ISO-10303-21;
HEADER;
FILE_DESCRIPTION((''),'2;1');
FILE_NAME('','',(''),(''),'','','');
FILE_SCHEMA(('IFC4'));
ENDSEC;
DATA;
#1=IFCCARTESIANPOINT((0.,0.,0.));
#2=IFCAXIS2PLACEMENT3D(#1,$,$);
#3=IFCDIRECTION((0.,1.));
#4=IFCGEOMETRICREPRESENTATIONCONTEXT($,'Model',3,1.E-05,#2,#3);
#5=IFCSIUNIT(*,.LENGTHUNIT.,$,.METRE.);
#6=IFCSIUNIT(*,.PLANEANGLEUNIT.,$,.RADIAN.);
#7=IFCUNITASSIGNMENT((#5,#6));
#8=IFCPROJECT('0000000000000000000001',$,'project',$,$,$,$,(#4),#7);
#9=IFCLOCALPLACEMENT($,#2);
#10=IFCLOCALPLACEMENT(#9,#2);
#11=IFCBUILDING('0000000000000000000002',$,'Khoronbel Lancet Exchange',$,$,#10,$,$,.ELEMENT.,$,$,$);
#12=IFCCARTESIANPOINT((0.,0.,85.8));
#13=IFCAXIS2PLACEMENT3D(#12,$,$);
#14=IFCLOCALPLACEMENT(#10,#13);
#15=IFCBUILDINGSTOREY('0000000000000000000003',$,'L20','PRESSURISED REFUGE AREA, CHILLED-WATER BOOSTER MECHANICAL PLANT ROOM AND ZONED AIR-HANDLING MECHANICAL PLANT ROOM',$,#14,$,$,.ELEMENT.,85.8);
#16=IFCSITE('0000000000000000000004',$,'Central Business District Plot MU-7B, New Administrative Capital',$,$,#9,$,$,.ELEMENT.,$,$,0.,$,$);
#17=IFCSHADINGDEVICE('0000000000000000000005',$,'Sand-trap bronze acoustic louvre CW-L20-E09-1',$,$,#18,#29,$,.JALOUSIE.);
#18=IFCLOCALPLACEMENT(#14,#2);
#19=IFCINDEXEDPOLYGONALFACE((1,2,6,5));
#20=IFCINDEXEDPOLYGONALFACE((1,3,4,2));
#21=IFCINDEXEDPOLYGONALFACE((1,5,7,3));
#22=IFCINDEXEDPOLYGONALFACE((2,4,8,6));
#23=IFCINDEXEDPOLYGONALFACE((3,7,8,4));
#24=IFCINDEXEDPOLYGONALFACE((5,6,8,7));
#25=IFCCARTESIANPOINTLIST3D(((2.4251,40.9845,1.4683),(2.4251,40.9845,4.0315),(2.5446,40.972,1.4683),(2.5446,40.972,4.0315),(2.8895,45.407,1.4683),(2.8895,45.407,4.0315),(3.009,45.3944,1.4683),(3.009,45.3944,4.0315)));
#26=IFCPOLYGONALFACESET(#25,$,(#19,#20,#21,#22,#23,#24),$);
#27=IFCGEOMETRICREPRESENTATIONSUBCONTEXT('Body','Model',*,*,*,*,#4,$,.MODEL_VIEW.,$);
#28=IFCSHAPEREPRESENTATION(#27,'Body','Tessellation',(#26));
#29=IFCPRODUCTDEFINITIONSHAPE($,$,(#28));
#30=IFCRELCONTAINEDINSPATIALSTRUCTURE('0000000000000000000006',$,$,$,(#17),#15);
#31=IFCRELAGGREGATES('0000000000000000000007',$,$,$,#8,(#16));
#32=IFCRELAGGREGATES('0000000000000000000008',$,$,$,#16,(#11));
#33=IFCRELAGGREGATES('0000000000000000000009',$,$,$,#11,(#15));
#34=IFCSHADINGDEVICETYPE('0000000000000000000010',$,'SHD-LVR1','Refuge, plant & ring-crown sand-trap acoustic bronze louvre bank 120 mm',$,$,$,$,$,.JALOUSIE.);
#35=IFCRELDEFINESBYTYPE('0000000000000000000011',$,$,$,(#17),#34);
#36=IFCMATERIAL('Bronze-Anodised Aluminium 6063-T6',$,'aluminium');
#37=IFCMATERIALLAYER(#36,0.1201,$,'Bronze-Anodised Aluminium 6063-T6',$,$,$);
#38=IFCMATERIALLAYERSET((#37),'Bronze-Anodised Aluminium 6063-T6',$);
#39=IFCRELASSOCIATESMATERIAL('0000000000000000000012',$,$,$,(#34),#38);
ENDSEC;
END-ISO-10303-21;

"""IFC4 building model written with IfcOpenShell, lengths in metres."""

from ifc_helpers import new_model, si_unit, direction, frame, origin, origin_2d, place, context, subcontext, project, spatial, rectangle, extrude, material, layer, layer_set, type_object, element, save


model = new_model("IFC4")

# Units and contexts
model_context = context("Model", 3, precision=1e-05, world=origin(), true_north=direction((0.0, 1.0)))
body_context = subcontext(model_context, "Body", "Model", "MODEL_VIEW")
ifc_project = project(units=[si_unit("LENGTHUNIT", "METRE"), si_unit("PLANEANGLEUNIT", "RADIAN")], contexts=[model_context])

# Site, building, storey
site_placement = place(None, origin())
site = spatial("IfcSite", under=ifc_project, at=site_placement, Name="Central Business District Plot MU-7B, New Administrative Capital", CompositionType="ELEMENT", RefElevation=0.0)
building_placement = place(site_placement, origin())
building = spatial("IfcBuilding", under=site, at=building_placement, Name="Khoronbel Lancet Exchange", CompositionType="ELEMENT")
storey_placement = place(building_placement, frame((0.0, 0.0, 85.8)))
storey = spatial("IfcBuildingStorey", under=building, at=storey_placement, Name="L20", Description="PRESSURISED REFUGE AREA, CHILLED-WATER BOOSTER MECHANICAL PLANT ROOM AND ZONED AIR-HANDLING MECHANICAL PLANT ROOM", CompositionType="ELEMENT", Elevation=85.8)

# Shared definitions
ifc_material_1 = material(Name="Bronze-Anodised Aluminium 6063-T6", Category="aluminium")

# Shading device
ifc_layer_1 = layer(ifc_material_1, 0.1201, Name="Bronze-Anodised Aluminium 6063-T6")
ifc_layer_set_1 = layer_set([ifc_layer_1], Name="Bronze-Anodised Aluminium 6063-T6")
shading_device_type = type_object("IfcShadingDeviceType", Name="SHD-LVR1", Description="Refuge, plant & ring-crown sand-trap acoustic bronze louvre bank 120 mm", PredefinedType="JALOUSIE", material=ifc_layer_set_1)
shading_device_1_placement = place(storey_placement, frame((2.717, 43.1895, 1.4683), z_axis=(0.0, 0.0, 1.0), x_axis=(0.104434, 0.994532, 0.0)))
element("IfcShadingDevice", 1, at=shading_device_1_placement, inside=storey, type_object=shading_device_type, Name="Sand-trap bronze acoustic louvre CW-L20-E09-1", PredefinedType="JALOUSIE", context=body_context, shape_type="SweptSolid", body=[
    extrude(rectangle(XDim=4.4468, YDim=0.1201, at=origin_2d()), origin(), (0.0, 0.0, 1.0), 2.5632),
])

save(model, "model.ifc")
